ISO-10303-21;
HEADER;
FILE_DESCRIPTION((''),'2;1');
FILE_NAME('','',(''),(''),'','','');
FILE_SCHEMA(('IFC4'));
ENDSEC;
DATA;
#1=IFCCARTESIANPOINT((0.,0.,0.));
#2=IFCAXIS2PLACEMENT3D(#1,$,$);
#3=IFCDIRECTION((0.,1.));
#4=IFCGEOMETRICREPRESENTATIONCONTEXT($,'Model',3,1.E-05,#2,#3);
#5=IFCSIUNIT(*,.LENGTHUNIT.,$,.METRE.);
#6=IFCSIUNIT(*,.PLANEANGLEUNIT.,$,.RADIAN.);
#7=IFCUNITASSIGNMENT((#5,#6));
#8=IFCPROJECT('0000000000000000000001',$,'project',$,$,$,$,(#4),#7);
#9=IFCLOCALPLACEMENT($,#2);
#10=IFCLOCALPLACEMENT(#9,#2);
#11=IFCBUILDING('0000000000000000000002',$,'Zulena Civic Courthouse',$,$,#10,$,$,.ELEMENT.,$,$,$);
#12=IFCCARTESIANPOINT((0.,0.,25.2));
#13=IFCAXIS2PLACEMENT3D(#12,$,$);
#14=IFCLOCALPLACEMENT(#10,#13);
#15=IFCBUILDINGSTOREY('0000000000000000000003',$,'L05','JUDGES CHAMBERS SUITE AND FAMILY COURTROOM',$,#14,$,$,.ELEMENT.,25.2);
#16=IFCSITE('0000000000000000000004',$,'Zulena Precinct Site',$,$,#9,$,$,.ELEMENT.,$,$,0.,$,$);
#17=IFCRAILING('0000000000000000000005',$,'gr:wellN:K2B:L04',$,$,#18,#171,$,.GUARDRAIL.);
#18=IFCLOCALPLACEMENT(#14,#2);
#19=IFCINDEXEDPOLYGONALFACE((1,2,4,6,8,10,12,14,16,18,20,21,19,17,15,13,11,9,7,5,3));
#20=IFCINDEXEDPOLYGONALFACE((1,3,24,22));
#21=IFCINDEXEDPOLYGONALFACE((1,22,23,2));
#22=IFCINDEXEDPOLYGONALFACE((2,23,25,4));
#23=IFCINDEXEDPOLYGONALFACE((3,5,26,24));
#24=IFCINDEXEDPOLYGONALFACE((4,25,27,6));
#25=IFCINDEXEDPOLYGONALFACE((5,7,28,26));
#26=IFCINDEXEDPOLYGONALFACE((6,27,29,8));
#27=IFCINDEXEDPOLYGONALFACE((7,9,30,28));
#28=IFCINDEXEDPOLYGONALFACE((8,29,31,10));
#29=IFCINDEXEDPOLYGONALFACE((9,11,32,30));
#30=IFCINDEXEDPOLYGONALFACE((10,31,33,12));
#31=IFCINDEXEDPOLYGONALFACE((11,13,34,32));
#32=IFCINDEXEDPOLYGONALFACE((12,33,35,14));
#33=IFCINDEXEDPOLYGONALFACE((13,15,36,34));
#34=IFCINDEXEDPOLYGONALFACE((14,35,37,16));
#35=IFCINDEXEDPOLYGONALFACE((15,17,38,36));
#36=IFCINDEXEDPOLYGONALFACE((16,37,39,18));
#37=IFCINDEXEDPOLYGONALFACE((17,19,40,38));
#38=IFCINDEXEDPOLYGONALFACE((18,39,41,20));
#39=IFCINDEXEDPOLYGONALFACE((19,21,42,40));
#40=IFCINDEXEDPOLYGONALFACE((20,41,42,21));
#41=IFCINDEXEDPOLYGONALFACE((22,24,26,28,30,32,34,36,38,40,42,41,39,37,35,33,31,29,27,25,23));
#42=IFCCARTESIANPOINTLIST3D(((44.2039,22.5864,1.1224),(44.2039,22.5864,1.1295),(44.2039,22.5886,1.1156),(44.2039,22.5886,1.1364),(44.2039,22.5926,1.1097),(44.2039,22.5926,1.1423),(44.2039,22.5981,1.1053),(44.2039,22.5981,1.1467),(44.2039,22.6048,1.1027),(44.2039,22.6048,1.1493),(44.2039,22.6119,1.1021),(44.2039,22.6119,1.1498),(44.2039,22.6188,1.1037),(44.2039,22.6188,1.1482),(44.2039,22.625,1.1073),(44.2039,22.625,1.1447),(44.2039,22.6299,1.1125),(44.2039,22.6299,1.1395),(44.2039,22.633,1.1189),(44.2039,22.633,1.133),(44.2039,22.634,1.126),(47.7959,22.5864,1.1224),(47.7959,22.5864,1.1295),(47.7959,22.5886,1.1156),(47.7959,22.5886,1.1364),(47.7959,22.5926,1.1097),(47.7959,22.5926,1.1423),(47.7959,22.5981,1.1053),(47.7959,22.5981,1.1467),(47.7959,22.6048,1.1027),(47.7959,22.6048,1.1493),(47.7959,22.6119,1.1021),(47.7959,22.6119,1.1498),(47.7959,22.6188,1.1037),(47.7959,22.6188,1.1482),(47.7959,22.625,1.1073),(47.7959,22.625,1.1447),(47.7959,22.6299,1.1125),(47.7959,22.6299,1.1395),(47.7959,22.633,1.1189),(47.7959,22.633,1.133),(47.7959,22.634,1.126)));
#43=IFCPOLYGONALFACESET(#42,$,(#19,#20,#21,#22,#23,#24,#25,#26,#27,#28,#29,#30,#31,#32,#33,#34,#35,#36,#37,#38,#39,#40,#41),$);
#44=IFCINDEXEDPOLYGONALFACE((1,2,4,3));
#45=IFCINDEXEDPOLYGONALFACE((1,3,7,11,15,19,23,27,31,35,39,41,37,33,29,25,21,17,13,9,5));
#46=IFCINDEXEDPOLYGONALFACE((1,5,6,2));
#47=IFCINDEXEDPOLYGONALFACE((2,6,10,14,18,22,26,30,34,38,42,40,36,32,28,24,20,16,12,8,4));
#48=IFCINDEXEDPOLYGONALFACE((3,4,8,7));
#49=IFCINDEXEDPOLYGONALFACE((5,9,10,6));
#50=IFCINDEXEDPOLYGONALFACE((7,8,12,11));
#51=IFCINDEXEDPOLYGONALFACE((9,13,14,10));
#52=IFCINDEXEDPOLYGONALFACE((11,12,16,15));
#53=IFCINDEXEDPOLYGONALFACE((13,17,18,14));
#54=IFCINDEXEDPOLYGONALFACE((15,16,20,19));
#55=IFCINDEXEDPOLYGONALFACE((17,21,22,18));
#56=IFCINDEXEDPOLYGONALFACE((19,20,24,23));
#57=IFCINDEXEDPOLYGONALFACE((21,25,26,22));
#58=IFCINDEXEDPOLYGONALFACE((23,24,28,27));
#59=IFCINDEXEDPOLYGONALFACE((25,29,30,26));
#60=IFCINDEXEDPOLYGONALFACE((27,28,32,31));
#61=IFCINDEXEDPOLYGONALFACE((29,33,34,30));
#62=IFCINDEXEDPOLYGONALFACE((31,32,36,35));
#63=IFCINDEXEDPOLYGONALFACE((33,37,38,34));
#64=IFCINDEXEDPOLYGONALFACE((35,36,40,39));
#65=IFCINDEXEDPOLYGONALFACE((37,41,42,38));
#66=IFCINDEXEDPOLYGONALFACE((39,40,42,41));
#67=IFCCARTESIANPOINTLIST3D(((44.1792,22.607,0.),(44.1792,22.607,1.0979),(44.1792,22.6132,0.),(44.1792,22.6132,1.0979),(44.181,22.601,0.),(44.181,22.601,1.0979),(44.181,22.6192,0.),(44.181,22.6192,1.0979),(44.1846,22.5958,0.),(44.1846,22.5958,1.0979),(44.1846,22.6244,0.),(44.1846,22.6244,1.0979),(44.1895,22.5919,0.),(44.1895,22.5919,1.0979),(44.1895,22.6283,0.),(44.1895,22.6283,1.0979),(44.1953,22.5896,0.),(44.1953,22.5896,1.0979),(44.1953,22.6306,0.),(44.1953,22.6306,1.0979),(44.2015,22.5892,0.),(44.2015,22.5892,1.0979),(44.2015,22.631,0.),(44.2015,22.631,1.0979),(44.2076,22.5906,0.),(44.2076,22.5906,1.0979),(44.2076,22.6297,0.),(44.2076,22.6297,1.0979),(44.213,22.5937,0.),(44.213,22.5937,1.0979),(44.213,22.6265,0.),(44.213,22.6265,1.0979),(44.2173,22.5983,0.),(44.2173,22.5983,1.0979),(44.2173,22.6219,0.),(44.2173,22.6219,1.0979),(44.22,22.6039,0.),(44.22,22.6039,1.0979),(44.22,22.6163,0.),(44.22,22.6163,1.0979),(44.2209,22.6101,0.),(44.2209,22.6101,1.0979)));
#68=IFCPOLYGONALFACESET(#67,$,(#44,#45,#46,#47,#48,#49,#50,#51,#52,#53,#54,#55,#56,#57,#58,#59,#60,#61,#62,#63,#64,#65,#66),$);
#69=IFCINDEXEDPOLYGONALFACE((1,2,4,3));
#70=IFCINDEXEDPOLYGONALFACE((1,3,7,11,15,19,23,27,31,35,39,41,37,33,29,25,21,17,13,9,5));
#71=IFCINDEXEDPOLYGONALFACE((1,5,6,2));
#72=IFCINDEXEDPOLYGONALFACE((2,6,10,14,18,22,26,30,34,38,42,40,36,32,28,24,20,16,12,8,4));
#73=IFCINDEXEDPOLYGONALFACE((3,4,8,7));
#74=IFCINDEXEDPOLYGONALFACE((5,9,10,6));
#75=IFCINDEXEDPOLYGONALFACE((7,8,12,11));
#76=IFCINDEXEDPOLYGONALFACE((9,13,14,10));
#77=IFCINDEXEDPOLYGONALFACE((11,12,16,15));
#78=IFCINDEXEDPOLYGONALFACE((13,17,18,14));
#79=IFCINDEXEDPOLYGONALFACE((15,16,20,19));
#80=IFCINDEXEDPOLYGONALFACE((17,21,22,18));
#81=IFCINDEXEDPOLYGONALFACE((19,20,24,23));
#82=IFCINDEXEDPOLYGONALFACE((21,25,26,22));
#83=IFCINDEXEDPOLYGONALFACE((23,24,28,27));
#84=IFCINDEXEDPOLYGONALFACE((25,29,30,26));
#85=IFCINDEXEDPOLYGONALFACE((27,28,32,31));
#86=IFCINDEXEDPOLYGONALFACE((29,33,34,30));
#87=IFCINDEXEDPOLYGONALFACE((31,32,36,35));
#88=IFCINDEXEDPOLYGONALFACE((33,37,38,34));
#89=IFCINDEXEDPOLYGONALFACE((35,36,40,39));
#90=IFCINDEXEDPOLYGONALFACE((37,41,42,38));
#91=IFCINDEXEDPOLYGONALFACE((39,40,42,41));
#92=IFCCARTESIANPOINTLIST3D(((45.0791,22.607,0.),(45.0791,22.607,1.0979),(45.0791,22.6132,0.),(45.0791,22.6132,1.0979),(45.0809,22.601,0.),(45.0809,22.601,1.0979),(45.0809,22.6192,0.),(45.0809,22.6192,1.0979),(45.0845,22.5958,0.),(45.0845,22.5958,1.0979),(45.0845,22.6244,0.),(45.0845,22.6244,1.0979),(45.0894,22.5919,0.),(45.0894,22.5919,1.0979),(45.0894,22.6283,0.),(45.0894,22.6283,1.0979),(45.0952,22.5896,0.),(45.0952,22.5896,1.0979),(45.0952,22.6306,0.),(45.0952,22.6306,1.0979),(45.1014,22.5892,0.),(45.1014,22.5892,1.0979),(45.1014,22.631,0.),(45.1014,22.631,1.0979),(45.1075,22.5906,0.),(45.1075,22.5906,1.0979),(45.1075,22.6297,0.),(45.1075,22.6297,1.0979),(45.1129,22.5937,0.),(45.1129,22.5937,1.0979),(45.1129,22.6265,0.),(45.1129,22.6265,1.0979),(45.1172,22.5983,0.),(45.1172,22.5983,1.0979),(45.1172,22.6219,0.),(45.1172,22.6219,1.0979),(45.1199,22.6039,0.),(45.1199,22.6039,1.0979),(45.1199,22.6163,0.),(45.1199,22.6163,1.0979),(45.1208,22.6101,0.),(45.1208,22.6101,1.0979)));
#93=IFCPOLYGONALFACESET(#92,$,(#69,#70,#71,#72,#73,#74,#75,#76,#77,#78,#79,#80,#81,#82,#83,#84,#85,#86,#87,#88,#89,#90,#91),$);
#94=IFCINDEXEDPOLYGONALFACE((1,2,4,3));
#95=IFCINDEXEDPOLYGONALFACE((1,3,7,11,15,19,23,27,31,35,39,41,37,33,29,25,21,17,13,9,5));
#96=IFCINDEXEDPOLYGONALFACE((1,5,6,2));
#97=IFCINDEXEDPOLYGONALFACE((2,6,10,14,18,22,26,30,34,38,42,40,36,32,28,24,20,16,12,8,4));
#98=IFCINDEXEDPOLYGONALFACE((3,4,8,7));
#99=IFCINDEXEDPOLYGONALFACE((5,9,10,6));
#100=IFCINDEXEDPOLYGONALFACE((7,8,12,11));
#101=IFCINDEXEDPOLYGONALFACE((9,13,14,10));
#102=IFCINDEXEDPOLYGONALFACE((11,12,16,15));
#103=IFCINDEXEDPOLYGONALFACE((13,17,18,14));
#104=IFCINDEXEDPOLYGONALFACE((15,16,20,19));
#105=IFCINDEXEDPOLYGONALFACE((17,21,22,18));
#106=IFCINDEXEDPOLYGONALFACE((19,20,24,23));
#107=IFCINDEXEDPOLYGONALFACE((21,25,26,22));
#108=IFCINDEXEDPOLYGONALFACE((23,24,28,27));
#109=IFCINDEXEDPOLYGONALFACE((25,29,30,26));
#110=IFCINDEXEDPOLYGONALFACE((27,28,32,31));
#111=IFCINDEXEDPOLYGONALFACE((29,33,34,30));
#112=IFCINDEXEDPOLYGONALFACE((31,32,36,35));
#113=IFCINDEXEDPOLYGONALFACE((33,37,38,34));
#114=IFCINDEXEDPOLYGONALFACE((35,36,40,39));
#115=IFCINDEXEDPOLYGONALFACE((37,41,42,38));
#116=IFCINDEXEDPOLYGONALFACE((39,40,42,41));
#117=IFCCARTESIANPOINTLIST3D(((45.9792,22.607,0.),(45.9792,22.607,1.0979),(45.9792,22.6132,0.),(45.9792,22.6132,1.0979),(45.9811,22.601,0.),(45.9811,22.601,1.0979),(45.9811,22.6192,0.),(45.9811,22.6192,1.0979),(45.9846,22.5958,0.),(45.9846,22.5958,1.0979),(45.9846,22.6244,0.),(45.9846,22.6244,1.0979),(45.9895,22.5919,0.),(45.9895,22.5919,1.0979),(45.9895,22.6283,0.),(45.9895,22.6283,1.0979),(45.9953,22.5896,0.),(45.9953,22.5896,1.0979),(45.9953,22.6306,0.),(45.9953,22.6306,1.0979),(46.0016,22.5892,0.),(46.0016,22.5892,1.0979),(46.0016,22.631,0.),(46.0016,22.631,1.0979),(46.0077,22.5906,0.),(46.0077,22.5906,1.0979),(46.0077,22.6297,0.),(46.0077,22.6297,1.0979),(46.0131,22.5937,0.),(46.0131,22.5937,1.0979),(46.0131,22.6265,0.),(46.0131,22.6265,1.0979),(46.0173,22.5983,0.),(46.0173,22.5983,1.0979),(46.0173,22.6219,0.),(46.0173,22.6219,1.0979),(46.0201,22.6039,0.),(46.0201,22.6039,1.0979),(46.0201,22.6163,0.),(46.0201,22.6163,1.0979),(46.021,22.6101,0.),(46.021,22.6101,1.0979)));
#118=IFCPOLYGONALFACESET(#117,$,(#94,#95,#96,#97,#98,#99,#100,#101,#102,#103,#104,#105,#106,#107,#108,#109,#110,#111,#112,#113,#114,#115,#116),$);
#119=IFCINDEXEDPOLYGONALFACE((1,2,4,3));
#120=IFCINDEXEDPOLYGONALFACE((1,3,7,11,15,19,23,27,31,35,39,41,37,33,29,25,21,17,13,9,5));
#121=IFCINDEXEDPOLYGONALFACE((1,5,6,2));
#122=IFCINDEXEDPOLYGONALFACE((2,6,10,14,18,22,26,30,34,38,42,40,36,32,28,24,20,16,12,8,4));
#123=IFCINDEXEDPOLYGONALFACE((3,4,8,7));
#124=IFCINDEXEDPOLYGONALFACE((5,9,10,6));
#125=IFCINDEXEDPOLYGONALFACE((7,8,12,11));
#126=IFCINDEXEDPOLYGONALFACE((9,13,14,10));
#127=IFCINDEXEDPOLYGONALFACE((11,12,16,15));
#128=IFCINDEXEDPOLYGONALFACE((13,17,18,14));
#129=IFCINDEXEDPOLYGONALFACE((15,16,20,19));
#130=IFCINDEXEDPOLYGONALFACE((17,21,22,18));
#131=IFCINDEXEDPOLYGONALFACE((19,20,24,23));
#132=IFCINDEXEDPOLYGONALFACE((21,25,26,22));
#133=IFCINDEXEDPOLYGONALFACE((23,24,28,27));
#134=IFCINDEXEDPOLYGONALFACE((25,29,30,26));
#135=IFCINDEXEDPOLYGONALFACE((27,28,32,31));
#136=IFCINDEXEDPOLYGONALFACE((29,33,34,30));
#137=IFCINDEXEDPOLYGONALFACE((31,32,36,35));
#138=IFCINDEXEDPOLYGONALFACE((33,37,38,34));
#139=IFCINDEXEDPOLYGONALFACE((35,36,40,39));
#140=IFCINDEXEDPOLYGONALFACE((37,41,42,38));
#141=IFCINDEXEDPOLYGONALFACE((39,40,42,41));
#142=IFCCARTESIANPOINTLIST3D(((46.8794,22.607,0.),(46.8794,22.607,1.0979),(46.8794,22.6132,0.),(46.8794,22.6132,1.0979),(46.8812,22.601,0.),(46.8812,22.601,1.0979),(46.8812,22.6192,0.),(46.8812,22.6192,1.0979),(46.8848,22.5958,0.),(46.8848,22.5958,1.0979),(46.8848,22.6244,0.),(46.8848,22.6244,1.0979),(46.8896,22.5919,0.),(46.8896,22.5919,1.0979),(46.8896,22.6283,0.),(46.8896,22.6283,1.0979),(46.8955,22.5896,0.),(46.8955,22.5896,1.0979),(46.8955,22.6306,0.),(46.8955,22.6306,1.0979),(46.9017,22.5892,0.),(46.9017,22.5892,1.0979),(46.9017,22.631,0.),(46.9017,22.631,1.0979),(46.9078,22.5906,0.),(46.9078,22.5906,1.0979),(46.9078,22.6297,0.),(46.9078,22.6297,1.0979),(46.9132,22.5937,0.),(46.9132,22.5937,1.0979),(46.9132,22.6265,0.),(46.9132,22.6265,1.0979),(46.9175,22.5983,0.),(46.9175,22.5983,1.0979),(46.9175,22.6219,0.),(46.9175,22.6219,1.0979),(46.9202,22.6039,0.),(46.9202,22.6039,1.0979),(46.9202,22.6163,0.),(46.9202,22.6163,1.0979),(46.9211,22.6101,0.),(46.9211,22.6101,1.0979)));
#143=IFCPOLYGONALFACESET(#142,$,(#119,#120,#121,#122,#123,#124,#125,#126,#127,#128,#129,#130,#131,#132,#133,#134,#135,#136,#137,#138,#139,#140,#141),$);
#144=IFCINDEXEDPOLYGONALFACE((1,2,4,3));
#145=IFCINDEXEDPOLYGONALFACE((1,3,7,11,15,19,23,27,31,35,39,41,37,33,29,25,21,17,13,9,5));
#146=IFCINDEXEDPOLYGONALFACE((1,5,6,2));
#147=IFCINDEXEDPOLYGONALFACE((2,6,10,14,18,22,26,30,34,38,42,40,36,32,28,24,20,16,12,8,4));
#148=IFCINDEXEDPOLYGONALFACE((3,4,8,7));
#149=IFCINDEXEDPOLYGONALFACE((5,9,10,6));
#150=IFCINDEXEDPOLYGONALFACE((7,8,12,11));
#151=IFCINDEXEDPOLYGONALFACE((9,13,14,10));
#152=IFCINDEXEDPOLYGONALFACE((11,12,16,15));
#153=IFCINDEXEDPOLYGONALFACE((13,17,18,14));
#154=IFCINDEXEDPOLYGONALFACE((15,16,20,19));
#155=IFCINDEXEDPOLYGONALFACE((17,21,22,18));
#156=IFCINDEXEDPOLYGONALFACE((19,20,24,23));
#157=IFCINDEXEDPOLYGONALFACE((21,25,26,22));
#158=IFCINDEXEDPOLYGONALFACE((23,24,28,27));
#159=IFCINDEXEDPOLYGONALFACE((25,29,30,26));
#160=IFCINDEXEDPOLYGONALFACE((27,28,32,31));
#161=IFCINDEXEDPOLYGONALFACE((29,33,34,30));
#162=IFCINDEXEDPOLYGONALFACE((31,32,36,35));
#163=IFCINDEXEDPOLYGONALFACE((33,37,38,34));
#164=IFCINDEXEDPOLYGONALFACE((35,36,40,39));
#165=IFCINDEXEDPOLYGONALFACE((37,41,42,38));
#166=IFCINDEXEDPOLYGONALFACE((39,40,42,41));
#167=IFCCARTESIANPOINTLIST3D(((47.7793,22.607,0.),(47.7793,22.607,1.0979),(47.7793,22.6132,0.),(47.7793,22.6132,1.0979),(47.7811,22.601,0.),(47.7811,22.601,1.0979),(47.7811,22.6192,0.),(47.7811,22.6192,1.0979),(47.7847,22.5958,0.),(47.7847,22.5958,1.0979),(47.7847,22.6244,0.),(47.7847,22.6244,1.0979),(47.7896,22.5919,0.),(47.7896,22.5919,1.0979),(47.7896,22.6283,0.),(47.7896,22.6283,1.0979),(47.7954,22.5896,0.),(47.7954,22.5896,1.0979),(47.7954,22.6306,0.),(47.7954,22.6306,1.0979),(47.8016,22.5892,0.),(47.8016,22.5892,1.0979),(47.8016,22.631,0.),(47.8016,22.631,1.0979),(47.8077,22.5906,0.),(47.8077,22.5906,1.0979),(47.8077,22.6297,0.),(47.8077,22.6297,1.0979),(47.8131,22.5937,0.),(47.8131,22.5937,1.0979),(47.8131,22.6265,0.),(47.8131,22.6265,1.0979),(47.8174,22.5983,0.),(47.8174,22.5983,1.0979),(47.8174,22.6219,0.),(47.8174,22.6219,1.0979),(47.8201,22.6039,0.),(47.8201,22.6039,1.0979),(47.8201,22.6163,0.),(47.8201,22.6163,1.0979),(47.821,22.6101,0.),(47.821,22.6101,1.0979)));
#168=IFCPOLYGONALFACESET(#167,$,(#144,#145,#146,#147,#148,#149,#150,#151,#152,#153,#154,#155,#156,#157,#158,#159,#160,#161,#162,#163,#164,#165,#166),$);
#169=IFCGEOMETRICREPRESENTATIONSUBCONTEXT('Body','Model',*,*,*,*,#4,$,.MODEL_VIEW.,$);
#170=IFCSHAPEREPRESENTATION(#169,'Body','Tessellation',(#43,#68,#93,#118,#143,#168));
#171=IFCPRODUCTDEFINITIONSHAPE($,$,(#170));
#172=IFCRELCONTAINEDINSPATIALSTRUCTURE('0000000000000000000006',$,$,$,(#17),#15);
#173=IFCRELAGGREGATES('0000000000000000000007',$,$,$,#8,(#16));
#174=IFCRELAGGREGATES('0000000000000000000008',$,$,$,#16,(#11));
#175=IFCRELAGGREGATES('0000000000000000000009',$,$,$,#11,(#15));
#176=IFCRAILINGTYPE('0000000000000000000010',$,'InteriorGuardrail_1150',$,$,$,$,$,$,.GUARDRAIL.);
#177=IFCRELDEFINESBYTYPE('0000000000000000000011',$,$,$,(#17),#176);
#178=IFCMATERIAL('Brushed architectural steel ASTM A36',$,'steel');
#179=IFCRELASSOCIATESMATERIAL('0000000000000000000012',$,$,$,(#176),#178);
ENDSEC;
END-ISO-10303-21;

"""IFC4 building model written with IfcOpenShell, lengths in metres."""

from ifc_helpers import new_model, si_unit, direction, frame, origin, origin_2d, place, context, subcontext, project, spatial, circle, extrude, material, type_object, element, save


model = new_model("IFC4")

# Units and contexts
model_context = context("Model", 3, precision=1e-05, world=origin(), true_north=direction((0.0, 1.0)))
body_context = subcontext(model_context, "Body", "Model", "MODEL_VIEW")
ifc_project = project(units=[si_unit("LENGTHUNIT", "METRE"), si_unit("PLANEANGLEUNIT", "RADIAN")], contexts=[model_context])

# Site, building, storey
site_placement = place(None, origin())
site = spatial("IfcSite", under=ifc_project, at=site_placement, Name="Zulena Precinct Site", CompositionType="ELEMENT", RefElevation=0.0)
building_placement = place(site_placement, origin())
building = spatial("IfcBuilding", under=site, at=building_placement, Name="Zulena Civic Courthouse", CompositionType="ELEMENT")
storey_placement = place(building_placement, frame((0.0, 0.0, 25.2)))
storey = spatial("IfcBuildingStorey", under=building, at=storey_placement, Name="L05", Description="JUDGES CHAMBERS SUITE AND FAMILY COURTROOM", CompositionType="ELEMENT", Elevation=25.2)

# Railing
ifc_material_1 = material(Name="Brushed architectural steel ASTM A36", Category="steel")
railing_type = type_object("IfcRailingType", Name="InteriorGuardrail_1150", PredefinedType="GUARDRAIL", material=ifc_material_1)
railing_placement = place(storey_placement, frame((44.2, 22.6101, 0.0)))
element("IfcRailing", 1, at=railing_placement, inside=storey, type_object=railing_type, Name="gr:wellN:K2B:L04", PredefinedType="GUARDRAIL", context=body_context, shape_type="SweptSolid", body=[
    extrude(circle(Radius=0.0239, at=origin_2d()), frame((0.0039, 0.0, 1.126), z_axis=(1.0, 0.0, 0.0), x_axis=(0.0, 1.0, 0.0)), (0.0, 0.0, 1.0), 3.592),
    extrude(circle(Radius=0.021, at=origin_2d()), origin(), (0.0, 0.0, 1.0), 1.0979),
    extrude(circle(Radius=0.021, at=origin_2d()), frame((0.8999, 0.0, 0.0)), (0.0, 0.0, 1.0), 1.0979),
    extrude(circle(Radius=0.021, at=origin_2d()), frame((1.8, 0.0, 0.0)), (0.0, 0.0, 1.0), 1.0979),
    extrude(circle(Radius=0.021, at=origin_2d()), frame((2.7002, 0.0, 0.0)), (0.0, 0.0, 1.0), 1.0979),
    extrude(circle(Radius=0.021, at=origin_2d()), frame((3.6001, 0.0, 0.0)), (0.0, 0.0, 1.0), 1.0979),
])

save(model, "model.ifc")
